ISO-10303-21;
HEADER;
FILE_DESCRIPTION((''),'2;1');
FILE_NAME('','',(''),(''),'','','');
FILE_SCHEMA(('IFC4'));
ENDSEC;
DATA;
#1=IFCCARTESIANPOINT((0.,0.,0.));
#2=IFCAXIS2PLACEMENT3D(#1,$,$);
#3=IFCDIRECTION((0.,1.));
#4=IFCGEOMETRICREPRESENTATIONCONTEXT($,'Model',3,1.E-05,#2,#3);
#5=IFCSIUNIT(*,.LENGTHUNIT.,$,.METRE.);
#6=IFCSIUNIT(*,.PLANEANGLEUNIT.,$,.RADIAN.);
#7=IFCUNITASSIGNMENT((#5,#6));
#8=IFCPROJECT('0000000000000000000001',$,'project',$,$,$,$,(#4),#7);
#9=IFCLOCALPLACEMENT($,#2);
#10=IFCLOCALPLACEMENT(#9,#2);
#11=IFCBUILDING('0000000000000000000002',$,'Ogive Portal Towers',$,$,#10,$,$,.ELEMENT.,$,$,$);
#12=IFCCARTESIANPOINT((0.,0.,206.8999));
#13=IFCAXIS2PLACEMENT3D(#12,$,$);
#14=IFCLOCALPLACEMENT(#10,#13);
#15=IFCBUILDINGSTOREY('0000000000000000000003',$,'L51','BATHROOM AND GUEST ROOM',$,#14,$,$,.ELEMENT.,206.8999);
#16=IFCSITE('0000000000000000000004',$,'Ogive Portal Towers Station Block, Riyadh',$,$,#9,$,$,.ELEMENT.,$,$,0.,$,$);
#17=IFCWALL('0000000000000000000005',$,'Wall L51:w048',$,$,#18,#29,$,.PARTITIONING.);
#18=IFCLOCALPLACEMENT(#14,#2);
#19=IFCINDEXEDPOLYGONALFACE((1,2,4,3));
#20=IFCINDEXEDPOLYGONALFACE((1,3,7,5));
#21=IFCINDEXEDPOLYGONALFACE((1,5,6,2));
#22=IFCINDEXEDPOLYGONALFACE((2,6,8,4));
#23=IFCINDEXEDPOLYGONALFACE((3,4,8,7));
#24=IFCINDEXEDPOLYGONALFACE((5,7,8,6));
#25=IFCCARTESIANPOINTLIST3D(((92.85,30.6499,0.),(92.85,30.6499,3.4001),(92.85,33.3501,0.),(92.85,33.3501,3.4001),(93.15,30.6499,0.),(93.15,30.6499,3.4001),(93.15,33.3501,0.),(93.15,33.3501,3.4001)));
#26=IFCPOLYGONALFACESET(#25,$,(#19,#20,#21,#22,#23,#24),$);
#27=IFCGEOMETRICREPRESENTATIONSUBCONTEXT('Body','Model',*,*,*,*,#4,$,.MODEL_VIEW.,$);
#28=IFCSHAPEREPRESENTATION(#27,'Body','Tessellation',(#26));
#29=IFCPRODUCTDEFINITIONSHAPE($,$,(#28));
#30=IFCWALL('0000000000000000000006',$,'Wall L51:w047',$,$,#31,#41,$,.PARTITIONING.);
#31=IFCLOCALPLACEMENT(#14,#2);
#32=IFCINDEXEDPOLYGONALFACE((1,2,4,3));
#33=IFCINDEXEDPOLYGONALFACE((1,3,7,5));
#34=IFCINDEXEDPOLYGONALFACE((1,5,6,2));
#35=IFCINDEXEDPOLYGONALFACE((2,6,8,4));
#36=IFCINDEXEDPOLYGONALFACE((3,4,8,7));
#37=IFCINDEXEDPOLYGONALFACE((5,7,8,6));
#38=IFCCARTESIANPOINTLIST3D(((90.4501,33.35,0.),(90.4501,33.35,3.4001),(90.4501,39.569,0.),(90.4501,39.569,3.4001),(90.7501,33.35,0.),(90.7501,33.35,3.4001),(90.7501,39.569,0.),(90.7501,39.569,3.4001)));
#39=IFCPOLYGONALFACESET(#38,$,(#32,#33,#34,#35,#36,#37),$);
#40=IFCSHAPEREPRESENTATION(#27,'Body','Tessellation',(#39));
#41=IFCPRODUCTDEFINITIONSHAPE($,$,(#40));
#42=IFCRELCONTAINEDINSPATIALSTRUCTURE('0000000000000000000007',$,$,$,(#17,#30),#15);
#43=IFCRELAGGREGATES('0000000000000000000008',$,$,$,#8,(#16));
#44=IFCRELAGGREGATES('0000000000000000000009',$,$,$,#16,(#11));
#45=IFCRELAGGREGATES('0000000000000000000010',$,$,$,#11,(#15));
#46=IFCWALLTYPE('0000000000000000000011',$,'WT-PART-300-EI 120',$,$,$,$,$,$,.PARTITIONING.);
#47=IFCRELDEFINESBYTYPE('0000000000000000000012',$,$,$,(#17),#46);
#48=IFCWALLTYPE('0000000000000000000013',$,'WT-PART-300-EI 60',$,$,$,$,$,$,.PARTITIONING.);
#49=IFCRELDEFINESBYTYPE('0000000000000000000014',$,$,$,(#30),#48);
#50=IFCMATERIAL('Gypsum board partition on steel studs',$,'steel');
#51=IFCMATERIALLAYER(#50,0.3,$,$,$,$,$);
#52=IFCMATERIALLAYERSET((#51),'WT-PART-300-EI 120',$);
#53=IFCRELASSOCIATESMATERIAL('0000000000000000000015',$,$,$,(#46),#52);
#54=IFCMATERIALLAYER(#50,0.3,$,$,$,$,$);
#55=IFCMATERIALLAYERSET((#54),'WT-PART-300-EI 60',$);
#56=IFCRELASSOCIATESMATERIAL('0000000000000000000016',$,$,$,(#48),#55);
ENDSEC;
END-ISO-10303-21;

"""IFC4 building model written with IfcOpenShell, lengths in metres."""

from ifc_helpers import new_model, si_unit, direction, frame, frame_2d, origin, place, context, subcontext, project, spatial, rectangle, extrude, material, layer, layer_set, type_object, element, save


model = new_model("IFC4")

# Units and contexts
model_context = context("Model", 3, precision=1e-05, world=origin(), true_north=direction((0.0, 1.0)))
body_context = subcontext(model_context, "Body", "Model", "MODEL_VIEW")
ifc_project = project(units=[si_unit("LENGTHUNIT", "METRE"), si_unit("PLANEANGLEUNIT", "RADIAN")], contexts=[model_context])

# Site, building, storey
site_placement = place(None, origin())
site = spatial("IfcSite", under=ifc_project, at=site_placement, Name="Ogive Portal Towers Station Block, Riyadh", CompositionType="ELEMENT", RefElevation=0.0)
building_placement = place(site_placement, origin())
building = spatial("IfcBuilding", under=site, at=building_placement, Name="Ogive Portal Towers", CompositionType="ELEMENT")
storey_placement = place(building_placement, frame((0.0, 0.0, 206.8999)))
storey = spatial("IfcBuildingStorey", under=building, at=storey_placement, Name="L51", Description="BATHROOM AND GUEST ROOM", CompositionType="ELEMENT", Elevation=206.8999)

# Walls
ifc_material_1 = material(Name="Gypsum board partition on steel studs", Category="steel")
ifc_layer_1 = layer(ifc_material_1, 0.3)
ifc_layer_set_1 = layer_set([ifc_layer_1], Name="WT-PART-300-EI 120")
wall_type_1 = type_object("IfcWallType", Name="WT-PART-300-EI 120", PredefinedType="PARTITIONING", material=ifc_layer_set_1)
wall_1_placement = place(storey_placement, frame((93.0, 30.6499, 0.0), z_axis=(0.0, 0.0, 1.0), x_axis=(0.0, 1.0, 0.0)))
element("IfcWall", 1, at=wall_1_placement, inside=storey, type_object=wall_type_1, Name="Wall L51:w048", PredefinedType="PARTITIONING", context=body_context, shape_type="SweptSolid", body=[
    extrude(rectangle(XDim=2.7002, YDim=0.3, at=frame_2d((1.3501, 0.0))), origin(), (0.0, 0.0, 1.0), 3.4001),
])
ifc_layer_2 = layer(ifc_material_1, 0.3)
ifc_layer_set_2 = layer_set([ifc_layer_2], Name="WT-PART-300-EI 60")
wall_type_2 = type_object("IfcWallType", Name="WT-PART-300-EI 60", PredefinedType="PARTITIONING", material=ifc_layer_set_2)
wall_2_placement = place(storey_placement, frame((90.6001, 33.3501, 0.0), z_axis=(0.0, 0.0, 1.0), x_axis=(0.0, 1.0, 0.0)))
element("IfcWall", 2, at=wall_2_placement, inside=storey, type_object=wall_type_2, Name="Wall L51:w047", PredefinedType="PARTITIONING", context=body_context, shape_type="SweptSolid", body=[
    extrude(rectangle(XDim=6.219, YDim=0.3, at=frame_2d((3.1094, 0.0))), origin(), (0.0, 0.0, 1.0), 3.4001),
])

save(model, "model.ifc")
